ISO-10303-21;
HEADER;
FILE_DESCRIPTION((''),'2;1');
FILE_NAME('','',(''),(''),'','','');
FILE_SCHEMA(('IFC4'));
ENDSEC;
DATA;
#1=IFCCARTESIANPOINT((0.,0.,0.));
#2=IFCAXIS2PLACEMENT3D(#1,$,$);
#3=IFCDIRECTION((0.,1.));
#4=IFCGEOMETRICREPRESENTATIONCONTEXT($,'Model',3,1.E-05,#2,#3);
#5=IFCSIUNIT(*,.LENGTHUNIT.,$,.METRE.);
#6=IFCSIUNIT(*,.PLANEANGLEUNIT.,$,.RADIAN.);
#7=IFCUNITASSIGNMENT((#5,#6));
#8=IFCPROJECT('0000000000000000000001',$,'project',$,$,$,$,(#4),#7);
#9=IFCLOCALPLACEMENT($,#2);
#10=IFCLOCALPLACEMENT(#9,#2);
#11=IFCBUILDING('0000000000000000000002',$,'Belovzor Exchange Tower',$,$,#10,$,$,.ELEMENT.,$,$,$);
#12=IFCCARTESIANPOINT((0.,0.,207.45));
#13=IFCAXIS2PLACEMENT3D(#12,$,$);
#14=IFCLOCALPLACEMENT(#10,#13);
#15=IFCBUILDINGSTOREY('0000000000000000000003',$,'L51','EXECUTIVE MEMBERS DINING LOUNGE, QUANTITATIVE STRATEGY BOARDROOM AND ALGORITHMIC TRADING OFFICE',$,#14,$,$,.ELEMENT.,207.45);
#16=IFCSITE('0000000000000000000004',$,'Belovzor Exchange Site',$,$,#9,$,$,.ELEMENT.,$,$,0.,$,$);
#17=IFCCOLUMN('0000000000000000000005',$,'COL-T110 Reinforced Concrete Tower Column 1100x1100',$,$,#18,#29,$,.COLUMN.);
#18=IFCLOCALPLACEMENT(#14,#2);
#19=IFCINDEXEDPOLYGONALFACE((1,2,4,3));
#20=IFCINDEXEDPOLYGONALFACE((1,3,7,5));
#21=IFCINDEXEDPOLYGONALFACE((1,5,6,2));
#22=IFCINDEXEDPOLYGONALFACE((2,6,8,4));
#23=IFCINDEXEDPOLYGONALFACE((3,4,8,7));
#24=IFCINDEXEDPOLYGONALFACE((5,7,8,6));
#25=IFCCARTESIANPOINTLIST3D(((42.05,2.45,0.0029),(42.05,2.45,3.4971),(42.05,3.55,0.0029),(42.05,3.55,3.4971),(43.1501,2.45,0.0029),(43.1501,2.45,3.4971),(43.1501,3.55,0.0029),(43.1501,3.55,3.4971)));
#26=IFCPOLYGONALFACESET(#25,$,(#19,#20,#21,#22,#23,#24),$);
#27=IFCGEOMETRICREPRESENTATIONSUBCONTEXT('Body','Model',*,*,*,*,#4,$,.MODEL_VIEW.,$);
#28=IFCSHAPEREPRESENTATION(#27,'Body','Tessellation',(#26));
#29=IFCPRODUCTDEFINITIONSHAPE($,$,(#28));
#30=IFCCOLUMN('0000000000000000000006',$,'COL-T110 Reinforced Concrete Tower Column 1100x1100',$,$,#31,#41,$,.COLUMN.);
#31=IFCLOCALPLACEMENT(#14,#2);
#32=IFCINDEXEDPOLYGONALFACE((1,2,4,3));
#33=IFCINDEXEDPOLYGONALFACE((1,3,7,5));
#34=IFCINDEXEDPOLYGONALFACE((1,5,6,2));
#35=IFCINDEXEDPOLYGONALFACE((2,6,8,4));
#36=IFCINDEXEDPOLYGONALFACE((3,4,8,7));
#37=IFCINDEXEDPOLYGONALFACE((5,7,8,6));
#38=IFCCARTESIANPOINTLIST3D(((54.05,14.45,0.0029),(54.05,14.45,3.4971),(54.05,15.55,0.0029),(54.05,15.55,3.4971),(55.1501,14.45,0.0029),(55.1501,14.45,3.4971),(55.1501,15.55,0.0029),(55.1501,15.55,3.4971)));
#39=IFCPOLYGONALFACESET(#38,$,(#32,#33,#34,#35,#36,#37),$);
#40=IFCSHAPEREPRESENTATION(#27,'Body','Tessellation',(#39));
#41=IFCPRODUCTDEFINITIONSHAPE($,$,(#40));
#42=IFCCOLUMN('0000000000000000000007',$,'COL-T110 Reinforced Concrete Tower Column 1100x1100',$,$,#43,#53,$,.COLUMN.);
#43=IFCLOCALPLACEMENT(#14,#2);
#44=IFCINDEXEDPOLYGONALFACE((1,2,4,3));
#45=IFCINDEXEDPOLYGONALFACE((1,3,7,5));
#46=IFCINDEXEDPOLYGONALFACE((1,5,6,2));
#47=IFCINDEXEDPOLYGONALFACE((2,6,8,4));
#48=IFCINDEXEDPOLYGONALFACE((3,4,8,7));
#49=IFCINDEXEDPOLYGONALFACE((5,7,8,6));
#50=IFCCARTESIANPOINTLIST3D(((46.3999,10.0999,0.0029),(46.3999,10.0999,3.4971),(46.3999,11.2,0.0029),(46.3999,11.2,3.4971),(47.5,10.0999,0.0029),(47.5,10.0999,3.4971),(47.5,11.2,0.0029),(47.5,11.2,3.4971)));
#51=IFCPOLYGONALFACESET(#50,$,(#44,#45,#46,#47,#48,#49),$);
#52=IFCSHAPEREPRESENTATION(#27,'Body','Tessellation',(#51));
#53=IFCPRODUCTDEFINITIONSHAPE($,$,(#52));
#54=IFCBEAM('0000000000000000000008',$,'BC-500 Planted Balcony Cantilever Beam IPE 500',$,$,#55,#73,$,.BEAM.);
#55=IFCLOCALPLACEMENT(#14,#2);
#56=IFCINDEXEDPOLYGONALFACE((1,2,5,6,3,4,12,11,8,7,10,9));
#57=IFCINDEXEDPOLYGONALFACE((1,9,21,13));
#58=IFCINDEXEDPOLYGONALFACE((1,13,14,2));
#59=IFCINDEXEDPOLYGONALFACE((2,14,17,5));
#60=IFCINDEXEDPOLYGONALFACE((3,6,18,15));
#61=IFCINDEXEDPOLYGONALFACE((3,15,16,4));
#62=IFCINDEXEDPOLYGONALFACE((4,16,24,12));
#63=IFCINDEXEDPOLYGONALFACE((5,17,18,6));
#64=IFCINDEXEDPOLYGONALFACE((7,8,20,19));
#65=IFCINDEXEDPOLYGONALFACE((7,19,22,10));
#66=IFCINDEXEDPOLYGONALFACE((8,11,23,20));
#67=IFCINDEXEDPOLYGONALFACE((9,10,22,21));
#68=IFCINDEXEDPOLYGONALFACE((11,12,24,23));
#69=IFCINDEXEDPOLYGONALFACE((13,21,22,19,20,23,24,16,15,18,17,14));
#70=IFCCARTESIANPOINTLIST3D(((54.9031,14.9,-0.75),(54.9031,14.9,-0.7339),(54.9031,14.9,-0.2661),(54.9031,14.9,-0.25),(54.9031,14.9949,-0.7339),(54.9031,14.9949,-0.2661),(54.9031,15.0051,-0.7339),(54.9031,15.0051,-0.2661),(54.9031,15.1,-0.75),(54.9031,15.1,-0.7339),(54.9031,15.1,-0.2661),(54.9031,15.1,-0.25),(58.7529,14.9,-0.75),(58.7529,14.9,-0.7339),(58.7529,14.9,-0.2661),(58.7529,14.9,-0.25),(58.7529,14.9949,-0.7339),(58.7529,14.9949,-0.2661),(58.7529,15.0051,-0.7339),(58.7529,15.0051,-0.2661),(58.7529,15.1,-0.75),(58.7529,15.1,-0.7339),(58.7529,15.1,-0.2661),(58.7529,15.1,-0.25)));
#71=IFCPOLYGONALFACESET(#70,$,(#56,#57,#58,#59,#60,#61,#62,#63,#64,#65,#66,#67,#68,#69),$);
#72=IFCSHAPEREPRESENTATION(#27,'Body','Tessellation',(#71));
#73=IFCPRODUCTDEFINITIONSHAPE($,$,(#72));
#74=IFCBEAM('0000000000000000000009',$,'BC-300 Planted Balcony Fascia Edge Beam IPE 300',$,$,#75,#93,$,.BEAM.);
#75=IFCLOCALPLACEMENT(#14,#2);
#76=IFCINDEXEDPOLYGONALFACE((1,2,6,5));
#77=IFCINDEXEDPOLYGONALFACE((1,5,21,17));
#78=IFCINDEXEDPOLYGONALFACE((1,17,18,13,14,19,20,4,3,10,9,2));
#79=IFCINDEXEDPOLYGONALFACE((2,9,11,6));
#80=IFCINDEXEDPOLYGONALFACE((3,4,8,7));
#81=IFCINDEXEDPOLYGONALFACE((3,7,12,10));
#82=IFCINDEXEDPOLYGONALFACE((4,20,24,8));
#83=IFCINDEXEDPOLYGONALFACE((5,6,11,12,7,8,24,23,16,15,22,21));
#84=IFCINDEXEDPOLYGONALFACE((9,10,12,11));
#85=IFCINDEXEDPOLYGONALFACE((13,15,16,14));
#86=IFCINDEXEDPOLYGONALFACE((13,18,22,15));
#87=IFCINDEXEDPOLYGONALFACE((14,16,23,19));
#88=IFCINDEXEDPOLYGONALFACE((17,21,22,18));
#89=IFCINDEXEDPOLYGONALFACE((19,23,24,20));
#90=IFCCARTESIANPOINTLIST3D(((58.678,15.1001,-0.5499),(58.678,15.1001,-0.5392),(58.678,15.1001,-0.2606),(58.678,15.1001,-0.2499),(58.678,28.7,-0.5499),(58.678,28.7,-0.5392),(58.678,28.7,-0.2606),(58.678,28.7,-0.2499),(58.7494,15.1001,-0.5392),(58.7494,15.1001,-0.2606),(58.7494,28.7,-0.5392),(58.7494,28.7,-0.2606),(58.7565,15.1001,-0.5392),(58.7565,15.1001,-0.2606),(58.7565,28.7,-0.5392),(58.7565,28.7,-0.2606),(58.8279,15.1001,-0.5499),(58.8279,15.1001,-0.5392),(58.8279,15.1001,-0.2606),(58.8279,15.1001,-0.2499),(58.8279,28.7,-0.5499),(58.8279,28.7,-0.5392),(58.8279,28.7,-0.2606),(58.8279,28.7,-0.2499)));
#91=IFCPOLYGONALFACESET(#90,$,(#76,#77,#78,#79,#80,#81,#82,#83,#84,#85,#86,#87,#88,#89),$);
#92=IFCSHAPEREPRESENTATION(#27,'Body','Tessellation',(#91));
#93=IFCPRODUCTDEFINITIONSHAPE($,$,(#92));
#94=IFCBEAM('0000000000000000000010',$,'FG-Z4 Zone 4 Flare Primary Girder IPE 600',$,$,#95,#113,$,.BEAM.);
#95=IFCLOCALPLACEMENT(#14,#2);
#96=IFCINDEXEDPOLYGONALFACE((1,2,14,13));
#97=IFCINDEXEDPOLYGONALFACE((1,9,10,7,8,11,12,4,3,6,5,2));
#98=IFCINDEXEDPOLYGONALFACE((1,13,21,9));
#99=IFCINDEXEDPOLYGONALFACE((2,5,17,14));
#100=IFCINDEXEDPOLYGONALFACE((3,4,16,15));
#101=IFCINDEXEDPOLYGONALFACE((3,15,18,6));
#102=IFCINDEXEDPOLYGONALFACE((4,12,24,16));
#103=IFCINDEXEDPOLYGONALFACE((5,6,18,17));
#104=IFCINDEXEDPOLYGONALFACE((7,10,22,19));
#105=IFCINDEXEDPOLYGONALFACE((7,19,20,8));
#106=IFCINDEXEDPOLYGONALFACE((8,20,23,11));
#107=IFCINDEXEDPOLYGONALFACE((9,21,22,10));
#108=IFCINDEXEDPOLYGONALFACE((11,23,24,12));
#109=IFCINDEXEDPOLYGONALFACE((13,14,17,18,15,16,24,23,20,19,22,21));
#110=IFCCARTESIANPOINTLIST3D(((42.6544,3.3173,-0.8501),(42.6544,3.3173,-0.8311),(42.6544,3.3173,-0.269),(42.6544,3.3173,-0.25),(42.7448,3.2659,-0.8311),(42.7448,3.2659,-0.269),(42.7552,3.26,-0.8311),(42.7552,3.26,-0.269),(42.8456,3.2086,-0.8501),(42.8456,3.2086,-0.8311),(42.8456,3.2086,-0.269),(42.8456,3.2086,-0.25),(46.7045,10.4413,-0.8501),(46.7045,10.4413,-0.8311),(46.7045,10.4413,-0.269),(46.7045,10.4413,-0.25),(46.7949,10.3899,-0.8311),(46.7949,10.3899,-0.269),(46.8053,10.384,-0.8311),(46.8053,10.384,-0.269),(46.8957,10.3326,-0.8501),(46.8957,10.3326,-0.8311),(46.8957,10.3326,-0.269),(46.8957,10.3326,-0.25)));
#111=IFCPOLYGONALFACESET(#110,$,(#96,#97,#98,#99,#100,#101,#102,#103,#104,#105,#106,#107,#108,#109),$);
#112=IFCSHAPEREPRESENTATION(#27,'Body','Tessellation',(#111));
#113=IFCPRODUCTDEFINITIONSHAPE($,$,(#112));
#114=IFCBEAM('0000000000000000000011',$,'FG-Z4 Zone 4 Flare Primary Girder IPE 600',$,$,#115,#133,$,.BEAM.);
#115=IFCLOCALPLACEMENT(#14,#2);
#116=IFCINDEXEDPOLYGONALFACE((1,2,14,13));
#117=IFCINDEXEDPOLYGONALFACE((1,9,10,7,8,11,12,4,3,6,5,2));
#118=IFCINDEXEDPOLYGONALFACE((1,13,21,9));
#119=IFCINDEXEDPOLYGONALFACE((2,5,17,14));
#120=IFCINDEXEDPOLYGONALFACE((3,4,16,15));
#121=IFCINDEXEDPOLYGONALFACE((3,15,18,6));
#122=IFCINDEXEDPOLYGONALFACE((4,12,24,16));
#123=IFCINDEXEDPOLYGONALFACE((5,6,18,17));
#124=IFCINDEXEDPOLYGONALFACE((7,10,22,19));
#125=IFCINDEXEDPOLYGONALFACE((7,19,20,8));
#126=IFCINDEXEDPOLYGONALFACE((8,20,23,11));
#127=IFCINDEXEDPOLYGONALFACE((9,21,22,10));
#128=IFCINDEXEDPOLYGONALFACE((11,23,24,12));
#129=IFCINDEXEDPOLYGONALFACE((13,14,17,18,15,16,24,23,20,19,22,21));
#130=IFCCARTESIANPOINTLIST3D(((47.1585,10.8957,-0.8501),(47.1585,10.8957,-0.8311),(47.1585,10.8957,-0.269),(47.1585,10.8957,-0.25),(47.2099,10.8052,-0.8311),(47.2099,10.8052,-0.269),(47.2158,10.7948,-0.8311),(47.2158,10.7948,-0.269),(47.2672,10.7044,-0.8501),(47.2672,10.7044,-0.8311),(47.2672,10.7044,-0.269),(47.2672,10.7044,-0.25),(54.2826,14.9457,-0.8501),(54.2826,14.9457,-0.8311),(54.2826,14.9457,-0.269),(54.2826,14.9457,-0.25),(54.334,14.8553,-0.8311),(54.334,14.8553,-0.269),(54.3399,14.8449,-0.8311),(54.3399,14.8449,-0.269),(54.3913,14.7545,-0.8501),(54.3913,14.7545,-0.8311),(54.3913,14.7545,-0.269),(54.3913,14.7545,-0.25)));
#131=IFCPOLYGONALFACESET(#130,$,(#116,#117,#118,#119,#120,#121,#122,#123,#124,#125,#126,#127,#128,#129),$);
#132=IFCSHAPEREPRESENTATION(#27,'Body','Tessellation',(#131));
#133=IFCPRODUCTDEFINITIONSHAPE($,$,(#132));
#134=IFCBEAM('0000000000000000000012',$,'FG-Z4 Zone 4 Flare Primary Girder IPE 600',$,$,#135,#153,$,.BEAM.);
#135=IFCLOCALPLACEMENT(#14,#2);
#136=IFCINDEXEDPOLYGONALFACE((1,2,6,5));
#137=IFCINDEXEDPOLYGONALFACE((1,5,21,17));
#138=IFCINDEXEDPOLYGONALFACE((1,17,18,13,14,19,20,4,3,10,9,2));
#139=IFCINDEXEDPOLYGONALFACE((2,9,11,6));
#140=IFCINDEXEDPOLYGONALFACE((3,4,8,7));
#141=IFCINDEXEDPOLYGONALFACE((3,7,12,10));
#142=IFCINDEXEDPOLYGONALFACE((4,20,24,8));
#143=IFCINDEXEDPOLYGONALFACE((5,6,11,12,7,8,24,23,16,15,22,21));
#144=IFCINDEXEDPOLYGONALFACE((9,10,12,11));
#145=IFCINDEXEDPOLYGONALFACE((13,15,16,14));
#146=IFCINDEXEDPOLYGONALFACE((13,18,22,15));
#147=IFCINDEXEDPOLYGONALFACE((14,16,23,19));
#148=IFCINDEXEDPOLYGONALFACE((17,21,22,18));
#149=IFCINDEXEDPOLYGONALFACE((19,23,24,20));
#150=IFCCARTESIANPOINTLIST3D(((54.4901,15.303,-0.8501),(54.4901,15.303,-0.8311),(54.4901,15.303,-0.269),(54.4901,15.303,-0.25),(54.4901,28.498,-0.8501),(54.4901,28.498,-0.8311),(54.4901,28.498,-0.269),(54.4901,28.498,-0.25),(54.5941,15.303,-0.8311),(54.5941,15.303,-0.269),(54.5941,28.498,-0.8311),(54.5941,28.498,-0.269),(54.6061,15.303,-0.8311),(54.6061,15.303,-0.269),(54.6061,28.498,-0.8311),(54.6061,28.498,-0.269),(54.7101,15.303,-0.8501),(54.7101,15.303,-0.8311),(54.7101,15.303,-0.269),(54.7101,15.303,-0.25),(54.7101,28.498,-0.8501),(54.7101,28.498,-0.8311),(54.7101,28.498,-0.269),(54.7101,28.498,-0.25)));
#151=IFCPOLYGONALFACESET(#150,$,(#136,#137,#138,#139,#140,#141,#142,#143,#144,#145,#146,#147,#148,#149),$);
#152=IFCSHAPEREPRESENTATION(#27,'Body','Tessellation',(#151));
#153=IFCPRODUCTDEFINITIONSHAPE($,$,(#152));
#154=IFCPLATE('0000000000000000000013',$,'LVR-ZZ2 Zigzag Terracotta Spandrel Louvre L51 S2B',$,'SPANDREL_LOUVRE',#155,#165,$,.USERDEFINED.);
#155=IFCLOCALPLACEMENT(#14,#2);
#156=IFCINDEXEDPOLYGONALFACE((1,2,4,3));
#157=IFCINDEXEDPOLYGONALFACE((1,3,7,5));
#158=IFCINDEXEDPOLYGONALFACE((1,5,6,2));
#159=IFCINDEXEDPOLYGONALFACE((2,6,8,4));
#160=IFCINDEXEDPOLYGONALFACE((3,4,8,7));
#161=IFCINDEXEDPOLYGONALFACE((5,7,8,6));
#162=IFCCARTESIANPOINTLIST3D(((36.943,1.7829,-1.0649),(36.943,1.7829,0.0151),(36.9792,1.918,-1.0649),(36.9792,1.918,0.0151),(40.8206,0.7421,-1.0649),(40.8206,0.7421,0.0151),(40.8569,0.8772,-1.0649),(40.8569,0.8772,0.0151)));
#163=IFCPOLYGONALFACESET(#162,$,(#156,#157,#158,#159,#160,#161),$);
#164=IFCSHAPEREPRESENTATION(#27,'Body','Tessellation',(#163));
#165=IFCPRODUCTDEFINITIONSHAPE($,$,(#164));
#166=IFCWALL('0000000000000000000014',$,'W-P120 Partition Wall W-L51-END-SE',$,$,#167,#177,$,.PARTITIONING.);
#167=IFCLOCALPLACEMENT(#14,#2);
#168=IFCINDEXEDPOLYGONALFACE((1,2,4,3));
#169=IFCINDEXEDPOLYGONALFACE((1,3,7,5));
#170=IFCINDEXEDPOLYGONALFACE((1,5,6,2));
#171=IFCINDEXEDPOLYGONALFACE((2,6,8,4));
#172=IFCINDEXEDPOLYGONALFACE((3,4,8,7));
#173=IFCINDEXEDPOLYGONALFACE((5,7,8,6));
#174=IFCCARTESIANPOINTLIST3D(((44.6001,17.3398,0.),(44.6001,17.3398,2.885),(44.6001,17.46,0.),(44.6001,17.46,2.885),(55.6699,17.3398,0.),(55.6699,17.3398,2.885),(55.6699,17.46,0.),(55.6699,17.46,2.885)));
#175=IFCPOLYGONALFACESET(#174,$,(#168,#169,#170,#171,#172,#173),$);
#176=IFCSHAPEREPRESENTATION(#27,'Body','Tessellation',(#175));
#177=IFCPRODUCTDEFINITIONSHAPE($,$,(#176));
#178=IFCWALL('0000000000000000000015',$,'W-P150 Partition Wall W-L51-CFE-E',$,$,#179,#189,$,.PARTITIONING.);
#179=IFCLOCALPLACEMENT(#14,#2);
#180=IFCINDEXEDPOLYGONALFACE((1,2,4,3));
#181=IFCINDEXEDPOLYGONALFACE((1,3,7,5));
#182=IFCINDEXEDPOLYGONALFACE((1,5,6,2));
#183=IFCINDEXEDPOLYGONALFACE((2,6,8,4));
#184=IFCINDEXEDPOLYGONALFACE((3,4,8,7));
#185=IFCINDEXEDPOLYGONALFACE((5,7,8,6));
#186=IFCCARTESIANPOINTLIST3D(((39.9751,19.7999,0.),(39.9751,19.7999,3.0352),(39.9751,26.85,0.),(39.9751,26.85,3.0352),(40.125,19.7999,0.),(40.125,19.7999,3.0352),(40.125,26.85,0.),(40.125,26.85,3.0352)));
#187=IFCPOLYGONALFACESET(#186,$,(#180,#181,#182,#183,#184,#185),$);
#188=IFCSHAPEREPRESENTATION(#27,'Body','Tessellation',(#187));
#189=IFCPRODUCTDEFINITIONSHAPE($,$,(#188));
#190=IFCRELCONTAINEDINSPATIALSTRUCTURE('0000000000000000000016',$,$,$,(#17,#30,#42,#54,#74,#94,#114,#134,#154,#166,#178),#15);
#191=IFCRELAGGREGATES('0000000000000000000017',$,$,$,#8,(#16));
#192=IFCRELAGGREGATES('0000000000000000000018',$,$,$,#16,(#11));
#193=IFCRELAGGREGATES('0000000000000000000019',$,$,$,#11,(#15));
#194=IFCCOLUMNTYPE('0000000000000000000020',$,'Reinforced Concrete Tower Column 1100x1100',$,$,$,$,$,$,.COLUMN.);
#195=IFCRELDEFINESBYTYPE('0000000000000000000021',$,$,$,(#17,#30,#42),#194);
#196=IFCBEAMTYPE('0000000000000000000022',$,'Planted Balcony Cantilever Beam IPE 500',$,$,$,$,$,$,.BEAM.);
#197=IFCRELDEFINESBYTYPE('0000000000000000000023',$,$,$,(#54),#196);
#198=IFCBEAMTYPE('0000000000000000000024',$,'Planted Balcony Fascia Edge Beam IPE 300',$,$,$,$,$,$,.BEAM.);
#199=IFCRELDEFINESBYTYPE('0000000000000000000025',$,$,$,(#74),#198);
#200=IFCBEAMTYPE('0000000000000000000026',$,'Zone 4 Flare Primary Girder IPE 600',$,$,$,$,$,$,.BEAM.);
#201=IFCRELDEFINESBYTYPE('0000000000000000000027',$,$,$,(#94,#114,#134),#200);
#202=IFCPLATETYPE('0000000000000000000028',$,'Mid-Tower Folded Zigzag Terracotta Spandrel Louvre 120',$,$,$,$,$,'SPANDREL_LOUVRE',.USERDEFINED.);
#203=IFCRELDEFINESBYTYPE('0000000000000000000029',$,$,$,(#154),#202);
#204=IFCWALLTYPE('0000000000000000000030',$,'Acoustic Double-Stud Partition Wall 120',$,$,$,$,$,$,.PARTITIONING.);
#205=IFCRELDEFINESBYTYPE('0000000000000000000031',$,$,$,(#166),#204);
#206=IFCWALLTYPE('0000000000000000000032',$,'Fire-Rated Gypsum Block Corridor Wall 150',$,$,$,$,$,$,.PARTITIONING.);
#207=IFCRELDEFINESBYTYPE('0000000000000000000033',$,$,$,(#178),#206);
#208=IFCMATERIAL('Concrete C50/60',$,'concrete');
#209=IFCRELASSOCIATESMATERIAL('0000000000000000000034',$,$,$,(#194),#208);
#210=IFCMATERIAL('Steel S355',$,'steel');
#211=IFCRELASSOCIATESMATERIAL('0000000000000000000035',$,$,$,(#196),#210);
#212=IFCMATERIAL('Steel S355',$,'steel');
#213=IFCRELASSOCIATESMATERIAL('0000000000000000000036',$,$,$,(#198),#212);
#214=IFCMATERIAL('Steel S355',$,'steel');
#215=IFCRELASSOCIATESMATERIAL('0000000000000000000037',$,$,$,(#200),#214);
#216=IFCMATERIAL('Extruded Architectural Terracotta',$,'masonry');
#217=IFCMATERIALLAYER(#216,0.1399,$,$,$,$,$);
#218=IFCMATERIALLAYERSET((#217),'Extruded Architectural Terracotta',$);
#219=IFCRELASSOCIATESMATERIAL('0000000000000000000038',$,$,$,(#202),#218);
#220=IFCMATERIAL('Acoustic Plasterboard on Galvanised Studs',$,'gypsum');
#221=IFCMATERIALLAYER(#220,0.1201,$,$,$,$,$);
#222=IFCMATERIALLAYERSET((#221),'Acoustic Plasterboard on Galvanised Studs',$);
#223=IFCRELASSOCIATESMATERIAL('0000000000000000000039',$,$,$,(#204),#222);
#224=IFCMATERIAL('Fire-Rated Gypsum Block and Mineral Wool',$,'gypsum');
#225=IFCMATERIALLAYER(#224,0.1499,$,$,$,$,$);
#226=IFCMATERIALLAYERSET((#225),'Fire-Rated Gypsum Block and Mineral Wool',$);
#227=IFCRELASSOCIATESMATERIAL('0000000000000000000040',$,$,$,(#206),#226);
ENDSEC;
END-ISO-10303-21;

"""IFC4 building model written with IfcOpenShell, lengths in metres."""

from ifc_helpers import new_model, si_unit, direction, frame, frame_2d, origin, origin_2d, place, context, subcontext, project, spatial, rectangle, i_section, extrude, material, layer, layer_set, material_profile, profile_set, type_object, element, save


model = new_model("IFC4")

# Units and contexts
model_context = context("Model", 3, precision=1e-05, world=origin(), true_north=direction((0.0, 1.0)))
body_context = subcontext(model_context, "Body", "Model", "MODEL_VIEW")
ifc_project = project(units=[si_unit("LENGTHUNIT", "METRE"), si_unit("PLANEANGLEUNIT", "RADIAN")], contexts=[model_context])

# Site, building, storey
site_placement = place(None, origin())
site = spatial("IfcSite", under=ifc_project, at=site_placement, Name="Belovzor Exchange Site", CompositionType="ELEMENT", RefElevation=0.0)
building_placement = place(site_placement, origin())
building = spatial("IfcBuilding", under=site, at=building_placement, Name="Belovzor Exchange Tower", CompositionType="ELEMENT")
storey_placement = place(building_placement, frame((0.0, 0.0, 207.45)))
storey = spatial("IfcBuildingStorey", under=building, at=storey_placement, Name="L51", Description="EXECUTIVE MEMBERS DINING LOUNGE, QUANTITATIVE STRATEGY BOARDROOM AND ALGORITHMIC TRADING OFFICE", CompositionType="ELEMENT", Elevation=207.45)

# Columns
ifc_material_1 = material(Name="Concrete C50/60", Category="concrete")
ifc_material_profile_1 = material_profile(ifc_material_1, rectangle(XDim=1.1001, YDim=1.1001, at=origin_2d()))
ifc_profile_set_1 = profile_set([ifc_material_profile_1], Name="Concrete C50/60")
column_type = type_object("IfcColumnType", Name="Reinforced Concrete Tower Column 1100x1100", PredefinedType="COLUMN", material=ifc_profile_set_1)
for number, where, z_axis, x_axis, name in (
    (1, (42.6001, 3.0, 0.0029), (0.0, 0.0, 1.0), (1.0, 0.0, 0.0), "COL-T110 Reinforced Concrete Tower Column 1100x1100"),
    (2, (54.6001, 15.0, 0.0029), (0.0, 0.0, 1.0), (1.0, 0.0, 0.0), "COL-T110 Reinforced Concrete Tower Column 1100x1100"),
    (3, (46.95, 10.6499, 0.0029), (0.0, 0.0, 1.0), (1.0, 0.0, 0.0), "COL-T110 Reinforced Concrete Tower Column 1100x1100"),
):
    element("IfcColumn", number, at=place(storey_placement, frame(where, z_axis=z_axis, x_axis=x_axis)), inside=storey, type_object=column_type, Name=name, PredefinedType="COLUMN", context=body_context, shape_type="SweptSolid", body=[
        extrude(rectangle(XDim=1.1001, YDim=1.1001, at=origin_2d()), origin(), (0.0, 0.0, 1.0), 3.4941),
    ])

# Beams
ifc_material_2 = material(Name="Steel S355", Category="steel")
ifc_material_profile_2 = material_profile(ifc_material_2, i_section(OverallWidth=0.2, OverallDepth=0.5, WebThickness=0.0103, FlangeThickness=0.0161, at=origin_2d()))
ifc_profile_set_2 = profile_set([ifc_material_profile_2], Name="Steel S355")
beam_type_1 = type_object("IfcBeamType", Name="Planted Balcony Cantilever Beam IPE 500", PredefinedType="BEAM", material=ifc_profile_set_2)
beam_1_placement = place(storey_placement, frame((54.9031, 15.0, -0.5), z_axis=(1.0, 0.0, 0.0), x_axis=(0.0, 1.0, 0.0)))
element("IfcBeam", 4, at=beam_1_placement, inside=storey, type_object=beam_type_1, Name="BC-500 Planted Balcony Cantilever Beam IPE 500", PredefinedType="BEAM", context=body_context, shape_type="SweptSolid", body=[
    extrude(i_section(OverallWidth=0.2, OverallDepth=0.5, WebThickness=0.0103, FlangeThickness=0.0161, at=origin_2d()), origin(), (0.0, 0.0, 1.0), 3.8499),
])
ifc_material_3 = material(Name="Steel S355", Category="steel")
ifc_material_profile_3 = material_profile(ifc_material_3, i_section(OverallWidth=0.1499, OverallDepth=0.3, WebThickness=0.0071, FlangeThickness=0.0107, at=origin_2d()))
ifc_profile_set_3 = profile_set([ifc_material_profile_3], Name="Steel S355")
beam_type_2 = type_object("IfcBeamType", Name="Planted Balcony Fascia Edge Beam IPE 300", PredefinedType="BEAM", material=ifc_profile_set_3)
beam_2_placement = place(storey_placement, frame((58.7529, 15.1001, -0.3999), z_axis=(0.0, 1.0, 0.0), x_axis=(-1.0, 0.0, 0.0)))
element("IfcBeam", 5, at=beam_2_placement, inside=storey, type_object=beam_type_2, Name="BC-300 Planted Balcony Fascia Edge Beam IPE 300", PredefinedType="BEAM", context=body_context, shape_type="SweptSolid", body=[
    extrude(i_section(OverallWidth=0.1499, OverallDepth=0.3, WebThickness=0.0071, FlangeThickness=0.0107, at=origin_2d()), origin(), (0.0, 0.0, 1.0), 13.5999),
])
ifc_material_4 = material(Name="Steel S355", Category="steel")
ifc_material_profile_4 = material_profile(ifc_material_4, i_section(OverallWidth=0.22, OverallDepth=0.6001, WebThickness=0.012, FlangeThickness=0.019, at=origin_2d()))
ifc_profile_set_4 = profile_set([ifc_material_profile_4], Name="Steel S355")
beam_type_3 = type_object("IfcBeamType", Name="Zone 4 Flare Primary Girder IPE 600", PredefinedType="BEAM", material=ifc_profile_set_4)
for number, where, z_axis, x_axis, name in (
    (6, (42.75, 3.2629, -0.55), (0.494222, 0.869336, 0.0), (-0.869336, 0.494222, 0.0), "FG-Z4 Zone 4 Flare Primary Girder IPE 600"),
    (7, (47.2129, 10.8, -0.55), (0.869336, 0.494222, 0.0), (-0.494222, 0.869336, 0.0), "FG-Z4 Zone 4 Flare Primary Girder IPE 600"),
):
    element("IfcBeam", number, at=place(storey_placement, frame(where, z_axis=z_axis, x_axis=x_axis)), inside=storey, type_object=beam_type_3, Name=name, PredefinedType="BEAM", context=body_context, shape_type="SweptSolid", body=[
        extrude(i_section(OverallWidth=0.22, OverallDepth=0.6001, WebThickness=0.012, FlangeThickness=0.019, at=origin_2d()), origin(), (0.0, 0.0, 1.0), 8.1948),
    ])
beam_3_placement = place(storey_placement, frame((54.6001, 15.303, -0.55), z_axis=(0.0, 1.0, 0.0), x_axis=(-1.0, 0.0, 0.0)))
element("IfcBeam", 8, at=beam_3_placement, inside=storey, type_object=beam_type_3, Name="FG-Z4 Zone 4 Flare Primary Girder IPE 600", PredefinedType="BEAM", context=body_context, shape_type="SweptSolid", body=[
    extrude(i_section(OverallWidth=0.22, OverallDepth=0.6001, WebThickness=0.012, FlangeThickness=0.019, at=origin_2d()), origin(), (0.0, 0.0, 1.0), 13.1951),
])

# Plate
ifc_material_5 = material(Name="Extruded Architectural Terracotta", Category="masonry")
ifc_layer_1 = layer(ifc_material_5, 0.1399)
ifc_layer_set_1 = layer_set([ifc_layer_1], Name="Extruded Architectural Terracotta")
plate_type = type_object("IfcPlateType", Name="Mid-Tower Folded Zigzag Terracotta Spandrel Louvre 120", ElementType="SPANDREL_LOUVRE", PredefinedType="USERDEFINED", material=ifc_layer_set_1)
plate_placement = place(storey_placement, frame((38.8999, 1.3301, -1.0649), z_axis=(0.0, 0.0, 1.0), x_axis=(0.965813, -0.25924, 0.0)))
element("IfcPlate", 9, at=plate_placement, inside=storey, type_object=plate_type, Name="LVR-ZZ2 Zigzag Terracotta Spandrel Louvre L51 S2B", ObjectType="SPANDREL_LOUVRE", PredefinedType="USERDEFINED", context=body_context, shape_type="SweptSolid", body=[
    extrude(rectangle(XDim=4.0149, YDim=0.1399, at=origin_2d()), origin(), (0.0, 0.0, 1.0), 1.0801),
])

# Walls
ifc_material_6 = material(Name="Acoustic Plasterboard on Galvanised Studs", Category="gypsum")
ifc_layer_2 = layer(ifc_material_6, 0.1201)
ifc_layer_set_2 = layer_set([ifc_layer_2], Name="Acoustic Plasterboard on Galvanised Studs")
wall_type_1 = type_object("IfcWallType", Name="Acoustic Double-Stud Partition Wall 120", PredefinedType="PARTITIONING", material=ifc_layer_set_2)
wall_1_placement = place(storey_placement, frame((44.6001, 17.3999, 0.0), z_axis=(0.0, 0.0, 1.0), x_axis=(1.0, 0.0, 0.0)))
element("IfcWall", 10, at=wall_1_placement, inside=storey, type_object=wall_type_1, Name="W-P120 Partition Wall W-L51-END-SE", PredefinedType="PARTITIONING", context=body_context, shape_type="SweptSolid", body=[
    extrude(rectangle(XDim=11.0698, YDim=0.1201, at=frame_2d((5.5349, 0.0))), origin(), (0.0, 0.0, 1.0), 2.885),
])
ifc_material_7 = material(Name="Fire-Rated Gypsum Block and Mineral Wool", Category="gypsum")
ifc_layer_3 = layer(ifc_material_7, 0.1499)
ifc_layer_set_3 = layer_set([ifc_layer_3], Name="Fire-Rated Gypsum Block and Mineral Wool")
wall_type_2 = type_object("IfcWallType", Name="Fire-Rated Gypsum Block Corridor Wall 150", PredefinedType="PARTITIONING", material=ifc_layer_set_3)
wall_2_placement = place(storey_placement, frame((40.05, 19.8, 0.0), z_axis=(0.0, 0.0, 1.0), x_axis=(0.0, 1.0, 0.0)))
element("IfcWall", 11, at=wall_2_placement, inside=storey, type_object=wall_type_2, Name="W-P150 Partition Wall W-L51-CFE-E", PredefinedType="PARTITIONING", context=body_context, shape_type="SweptSolid", body=[
    extrude(rectangle(XDim=7.05, YDim=0.1499, at=frame_2d((3.5249, 0.0))), origin(), (0.0, 0.0, 1.0), 3.0352),
])

save(model, "model.ifc")
